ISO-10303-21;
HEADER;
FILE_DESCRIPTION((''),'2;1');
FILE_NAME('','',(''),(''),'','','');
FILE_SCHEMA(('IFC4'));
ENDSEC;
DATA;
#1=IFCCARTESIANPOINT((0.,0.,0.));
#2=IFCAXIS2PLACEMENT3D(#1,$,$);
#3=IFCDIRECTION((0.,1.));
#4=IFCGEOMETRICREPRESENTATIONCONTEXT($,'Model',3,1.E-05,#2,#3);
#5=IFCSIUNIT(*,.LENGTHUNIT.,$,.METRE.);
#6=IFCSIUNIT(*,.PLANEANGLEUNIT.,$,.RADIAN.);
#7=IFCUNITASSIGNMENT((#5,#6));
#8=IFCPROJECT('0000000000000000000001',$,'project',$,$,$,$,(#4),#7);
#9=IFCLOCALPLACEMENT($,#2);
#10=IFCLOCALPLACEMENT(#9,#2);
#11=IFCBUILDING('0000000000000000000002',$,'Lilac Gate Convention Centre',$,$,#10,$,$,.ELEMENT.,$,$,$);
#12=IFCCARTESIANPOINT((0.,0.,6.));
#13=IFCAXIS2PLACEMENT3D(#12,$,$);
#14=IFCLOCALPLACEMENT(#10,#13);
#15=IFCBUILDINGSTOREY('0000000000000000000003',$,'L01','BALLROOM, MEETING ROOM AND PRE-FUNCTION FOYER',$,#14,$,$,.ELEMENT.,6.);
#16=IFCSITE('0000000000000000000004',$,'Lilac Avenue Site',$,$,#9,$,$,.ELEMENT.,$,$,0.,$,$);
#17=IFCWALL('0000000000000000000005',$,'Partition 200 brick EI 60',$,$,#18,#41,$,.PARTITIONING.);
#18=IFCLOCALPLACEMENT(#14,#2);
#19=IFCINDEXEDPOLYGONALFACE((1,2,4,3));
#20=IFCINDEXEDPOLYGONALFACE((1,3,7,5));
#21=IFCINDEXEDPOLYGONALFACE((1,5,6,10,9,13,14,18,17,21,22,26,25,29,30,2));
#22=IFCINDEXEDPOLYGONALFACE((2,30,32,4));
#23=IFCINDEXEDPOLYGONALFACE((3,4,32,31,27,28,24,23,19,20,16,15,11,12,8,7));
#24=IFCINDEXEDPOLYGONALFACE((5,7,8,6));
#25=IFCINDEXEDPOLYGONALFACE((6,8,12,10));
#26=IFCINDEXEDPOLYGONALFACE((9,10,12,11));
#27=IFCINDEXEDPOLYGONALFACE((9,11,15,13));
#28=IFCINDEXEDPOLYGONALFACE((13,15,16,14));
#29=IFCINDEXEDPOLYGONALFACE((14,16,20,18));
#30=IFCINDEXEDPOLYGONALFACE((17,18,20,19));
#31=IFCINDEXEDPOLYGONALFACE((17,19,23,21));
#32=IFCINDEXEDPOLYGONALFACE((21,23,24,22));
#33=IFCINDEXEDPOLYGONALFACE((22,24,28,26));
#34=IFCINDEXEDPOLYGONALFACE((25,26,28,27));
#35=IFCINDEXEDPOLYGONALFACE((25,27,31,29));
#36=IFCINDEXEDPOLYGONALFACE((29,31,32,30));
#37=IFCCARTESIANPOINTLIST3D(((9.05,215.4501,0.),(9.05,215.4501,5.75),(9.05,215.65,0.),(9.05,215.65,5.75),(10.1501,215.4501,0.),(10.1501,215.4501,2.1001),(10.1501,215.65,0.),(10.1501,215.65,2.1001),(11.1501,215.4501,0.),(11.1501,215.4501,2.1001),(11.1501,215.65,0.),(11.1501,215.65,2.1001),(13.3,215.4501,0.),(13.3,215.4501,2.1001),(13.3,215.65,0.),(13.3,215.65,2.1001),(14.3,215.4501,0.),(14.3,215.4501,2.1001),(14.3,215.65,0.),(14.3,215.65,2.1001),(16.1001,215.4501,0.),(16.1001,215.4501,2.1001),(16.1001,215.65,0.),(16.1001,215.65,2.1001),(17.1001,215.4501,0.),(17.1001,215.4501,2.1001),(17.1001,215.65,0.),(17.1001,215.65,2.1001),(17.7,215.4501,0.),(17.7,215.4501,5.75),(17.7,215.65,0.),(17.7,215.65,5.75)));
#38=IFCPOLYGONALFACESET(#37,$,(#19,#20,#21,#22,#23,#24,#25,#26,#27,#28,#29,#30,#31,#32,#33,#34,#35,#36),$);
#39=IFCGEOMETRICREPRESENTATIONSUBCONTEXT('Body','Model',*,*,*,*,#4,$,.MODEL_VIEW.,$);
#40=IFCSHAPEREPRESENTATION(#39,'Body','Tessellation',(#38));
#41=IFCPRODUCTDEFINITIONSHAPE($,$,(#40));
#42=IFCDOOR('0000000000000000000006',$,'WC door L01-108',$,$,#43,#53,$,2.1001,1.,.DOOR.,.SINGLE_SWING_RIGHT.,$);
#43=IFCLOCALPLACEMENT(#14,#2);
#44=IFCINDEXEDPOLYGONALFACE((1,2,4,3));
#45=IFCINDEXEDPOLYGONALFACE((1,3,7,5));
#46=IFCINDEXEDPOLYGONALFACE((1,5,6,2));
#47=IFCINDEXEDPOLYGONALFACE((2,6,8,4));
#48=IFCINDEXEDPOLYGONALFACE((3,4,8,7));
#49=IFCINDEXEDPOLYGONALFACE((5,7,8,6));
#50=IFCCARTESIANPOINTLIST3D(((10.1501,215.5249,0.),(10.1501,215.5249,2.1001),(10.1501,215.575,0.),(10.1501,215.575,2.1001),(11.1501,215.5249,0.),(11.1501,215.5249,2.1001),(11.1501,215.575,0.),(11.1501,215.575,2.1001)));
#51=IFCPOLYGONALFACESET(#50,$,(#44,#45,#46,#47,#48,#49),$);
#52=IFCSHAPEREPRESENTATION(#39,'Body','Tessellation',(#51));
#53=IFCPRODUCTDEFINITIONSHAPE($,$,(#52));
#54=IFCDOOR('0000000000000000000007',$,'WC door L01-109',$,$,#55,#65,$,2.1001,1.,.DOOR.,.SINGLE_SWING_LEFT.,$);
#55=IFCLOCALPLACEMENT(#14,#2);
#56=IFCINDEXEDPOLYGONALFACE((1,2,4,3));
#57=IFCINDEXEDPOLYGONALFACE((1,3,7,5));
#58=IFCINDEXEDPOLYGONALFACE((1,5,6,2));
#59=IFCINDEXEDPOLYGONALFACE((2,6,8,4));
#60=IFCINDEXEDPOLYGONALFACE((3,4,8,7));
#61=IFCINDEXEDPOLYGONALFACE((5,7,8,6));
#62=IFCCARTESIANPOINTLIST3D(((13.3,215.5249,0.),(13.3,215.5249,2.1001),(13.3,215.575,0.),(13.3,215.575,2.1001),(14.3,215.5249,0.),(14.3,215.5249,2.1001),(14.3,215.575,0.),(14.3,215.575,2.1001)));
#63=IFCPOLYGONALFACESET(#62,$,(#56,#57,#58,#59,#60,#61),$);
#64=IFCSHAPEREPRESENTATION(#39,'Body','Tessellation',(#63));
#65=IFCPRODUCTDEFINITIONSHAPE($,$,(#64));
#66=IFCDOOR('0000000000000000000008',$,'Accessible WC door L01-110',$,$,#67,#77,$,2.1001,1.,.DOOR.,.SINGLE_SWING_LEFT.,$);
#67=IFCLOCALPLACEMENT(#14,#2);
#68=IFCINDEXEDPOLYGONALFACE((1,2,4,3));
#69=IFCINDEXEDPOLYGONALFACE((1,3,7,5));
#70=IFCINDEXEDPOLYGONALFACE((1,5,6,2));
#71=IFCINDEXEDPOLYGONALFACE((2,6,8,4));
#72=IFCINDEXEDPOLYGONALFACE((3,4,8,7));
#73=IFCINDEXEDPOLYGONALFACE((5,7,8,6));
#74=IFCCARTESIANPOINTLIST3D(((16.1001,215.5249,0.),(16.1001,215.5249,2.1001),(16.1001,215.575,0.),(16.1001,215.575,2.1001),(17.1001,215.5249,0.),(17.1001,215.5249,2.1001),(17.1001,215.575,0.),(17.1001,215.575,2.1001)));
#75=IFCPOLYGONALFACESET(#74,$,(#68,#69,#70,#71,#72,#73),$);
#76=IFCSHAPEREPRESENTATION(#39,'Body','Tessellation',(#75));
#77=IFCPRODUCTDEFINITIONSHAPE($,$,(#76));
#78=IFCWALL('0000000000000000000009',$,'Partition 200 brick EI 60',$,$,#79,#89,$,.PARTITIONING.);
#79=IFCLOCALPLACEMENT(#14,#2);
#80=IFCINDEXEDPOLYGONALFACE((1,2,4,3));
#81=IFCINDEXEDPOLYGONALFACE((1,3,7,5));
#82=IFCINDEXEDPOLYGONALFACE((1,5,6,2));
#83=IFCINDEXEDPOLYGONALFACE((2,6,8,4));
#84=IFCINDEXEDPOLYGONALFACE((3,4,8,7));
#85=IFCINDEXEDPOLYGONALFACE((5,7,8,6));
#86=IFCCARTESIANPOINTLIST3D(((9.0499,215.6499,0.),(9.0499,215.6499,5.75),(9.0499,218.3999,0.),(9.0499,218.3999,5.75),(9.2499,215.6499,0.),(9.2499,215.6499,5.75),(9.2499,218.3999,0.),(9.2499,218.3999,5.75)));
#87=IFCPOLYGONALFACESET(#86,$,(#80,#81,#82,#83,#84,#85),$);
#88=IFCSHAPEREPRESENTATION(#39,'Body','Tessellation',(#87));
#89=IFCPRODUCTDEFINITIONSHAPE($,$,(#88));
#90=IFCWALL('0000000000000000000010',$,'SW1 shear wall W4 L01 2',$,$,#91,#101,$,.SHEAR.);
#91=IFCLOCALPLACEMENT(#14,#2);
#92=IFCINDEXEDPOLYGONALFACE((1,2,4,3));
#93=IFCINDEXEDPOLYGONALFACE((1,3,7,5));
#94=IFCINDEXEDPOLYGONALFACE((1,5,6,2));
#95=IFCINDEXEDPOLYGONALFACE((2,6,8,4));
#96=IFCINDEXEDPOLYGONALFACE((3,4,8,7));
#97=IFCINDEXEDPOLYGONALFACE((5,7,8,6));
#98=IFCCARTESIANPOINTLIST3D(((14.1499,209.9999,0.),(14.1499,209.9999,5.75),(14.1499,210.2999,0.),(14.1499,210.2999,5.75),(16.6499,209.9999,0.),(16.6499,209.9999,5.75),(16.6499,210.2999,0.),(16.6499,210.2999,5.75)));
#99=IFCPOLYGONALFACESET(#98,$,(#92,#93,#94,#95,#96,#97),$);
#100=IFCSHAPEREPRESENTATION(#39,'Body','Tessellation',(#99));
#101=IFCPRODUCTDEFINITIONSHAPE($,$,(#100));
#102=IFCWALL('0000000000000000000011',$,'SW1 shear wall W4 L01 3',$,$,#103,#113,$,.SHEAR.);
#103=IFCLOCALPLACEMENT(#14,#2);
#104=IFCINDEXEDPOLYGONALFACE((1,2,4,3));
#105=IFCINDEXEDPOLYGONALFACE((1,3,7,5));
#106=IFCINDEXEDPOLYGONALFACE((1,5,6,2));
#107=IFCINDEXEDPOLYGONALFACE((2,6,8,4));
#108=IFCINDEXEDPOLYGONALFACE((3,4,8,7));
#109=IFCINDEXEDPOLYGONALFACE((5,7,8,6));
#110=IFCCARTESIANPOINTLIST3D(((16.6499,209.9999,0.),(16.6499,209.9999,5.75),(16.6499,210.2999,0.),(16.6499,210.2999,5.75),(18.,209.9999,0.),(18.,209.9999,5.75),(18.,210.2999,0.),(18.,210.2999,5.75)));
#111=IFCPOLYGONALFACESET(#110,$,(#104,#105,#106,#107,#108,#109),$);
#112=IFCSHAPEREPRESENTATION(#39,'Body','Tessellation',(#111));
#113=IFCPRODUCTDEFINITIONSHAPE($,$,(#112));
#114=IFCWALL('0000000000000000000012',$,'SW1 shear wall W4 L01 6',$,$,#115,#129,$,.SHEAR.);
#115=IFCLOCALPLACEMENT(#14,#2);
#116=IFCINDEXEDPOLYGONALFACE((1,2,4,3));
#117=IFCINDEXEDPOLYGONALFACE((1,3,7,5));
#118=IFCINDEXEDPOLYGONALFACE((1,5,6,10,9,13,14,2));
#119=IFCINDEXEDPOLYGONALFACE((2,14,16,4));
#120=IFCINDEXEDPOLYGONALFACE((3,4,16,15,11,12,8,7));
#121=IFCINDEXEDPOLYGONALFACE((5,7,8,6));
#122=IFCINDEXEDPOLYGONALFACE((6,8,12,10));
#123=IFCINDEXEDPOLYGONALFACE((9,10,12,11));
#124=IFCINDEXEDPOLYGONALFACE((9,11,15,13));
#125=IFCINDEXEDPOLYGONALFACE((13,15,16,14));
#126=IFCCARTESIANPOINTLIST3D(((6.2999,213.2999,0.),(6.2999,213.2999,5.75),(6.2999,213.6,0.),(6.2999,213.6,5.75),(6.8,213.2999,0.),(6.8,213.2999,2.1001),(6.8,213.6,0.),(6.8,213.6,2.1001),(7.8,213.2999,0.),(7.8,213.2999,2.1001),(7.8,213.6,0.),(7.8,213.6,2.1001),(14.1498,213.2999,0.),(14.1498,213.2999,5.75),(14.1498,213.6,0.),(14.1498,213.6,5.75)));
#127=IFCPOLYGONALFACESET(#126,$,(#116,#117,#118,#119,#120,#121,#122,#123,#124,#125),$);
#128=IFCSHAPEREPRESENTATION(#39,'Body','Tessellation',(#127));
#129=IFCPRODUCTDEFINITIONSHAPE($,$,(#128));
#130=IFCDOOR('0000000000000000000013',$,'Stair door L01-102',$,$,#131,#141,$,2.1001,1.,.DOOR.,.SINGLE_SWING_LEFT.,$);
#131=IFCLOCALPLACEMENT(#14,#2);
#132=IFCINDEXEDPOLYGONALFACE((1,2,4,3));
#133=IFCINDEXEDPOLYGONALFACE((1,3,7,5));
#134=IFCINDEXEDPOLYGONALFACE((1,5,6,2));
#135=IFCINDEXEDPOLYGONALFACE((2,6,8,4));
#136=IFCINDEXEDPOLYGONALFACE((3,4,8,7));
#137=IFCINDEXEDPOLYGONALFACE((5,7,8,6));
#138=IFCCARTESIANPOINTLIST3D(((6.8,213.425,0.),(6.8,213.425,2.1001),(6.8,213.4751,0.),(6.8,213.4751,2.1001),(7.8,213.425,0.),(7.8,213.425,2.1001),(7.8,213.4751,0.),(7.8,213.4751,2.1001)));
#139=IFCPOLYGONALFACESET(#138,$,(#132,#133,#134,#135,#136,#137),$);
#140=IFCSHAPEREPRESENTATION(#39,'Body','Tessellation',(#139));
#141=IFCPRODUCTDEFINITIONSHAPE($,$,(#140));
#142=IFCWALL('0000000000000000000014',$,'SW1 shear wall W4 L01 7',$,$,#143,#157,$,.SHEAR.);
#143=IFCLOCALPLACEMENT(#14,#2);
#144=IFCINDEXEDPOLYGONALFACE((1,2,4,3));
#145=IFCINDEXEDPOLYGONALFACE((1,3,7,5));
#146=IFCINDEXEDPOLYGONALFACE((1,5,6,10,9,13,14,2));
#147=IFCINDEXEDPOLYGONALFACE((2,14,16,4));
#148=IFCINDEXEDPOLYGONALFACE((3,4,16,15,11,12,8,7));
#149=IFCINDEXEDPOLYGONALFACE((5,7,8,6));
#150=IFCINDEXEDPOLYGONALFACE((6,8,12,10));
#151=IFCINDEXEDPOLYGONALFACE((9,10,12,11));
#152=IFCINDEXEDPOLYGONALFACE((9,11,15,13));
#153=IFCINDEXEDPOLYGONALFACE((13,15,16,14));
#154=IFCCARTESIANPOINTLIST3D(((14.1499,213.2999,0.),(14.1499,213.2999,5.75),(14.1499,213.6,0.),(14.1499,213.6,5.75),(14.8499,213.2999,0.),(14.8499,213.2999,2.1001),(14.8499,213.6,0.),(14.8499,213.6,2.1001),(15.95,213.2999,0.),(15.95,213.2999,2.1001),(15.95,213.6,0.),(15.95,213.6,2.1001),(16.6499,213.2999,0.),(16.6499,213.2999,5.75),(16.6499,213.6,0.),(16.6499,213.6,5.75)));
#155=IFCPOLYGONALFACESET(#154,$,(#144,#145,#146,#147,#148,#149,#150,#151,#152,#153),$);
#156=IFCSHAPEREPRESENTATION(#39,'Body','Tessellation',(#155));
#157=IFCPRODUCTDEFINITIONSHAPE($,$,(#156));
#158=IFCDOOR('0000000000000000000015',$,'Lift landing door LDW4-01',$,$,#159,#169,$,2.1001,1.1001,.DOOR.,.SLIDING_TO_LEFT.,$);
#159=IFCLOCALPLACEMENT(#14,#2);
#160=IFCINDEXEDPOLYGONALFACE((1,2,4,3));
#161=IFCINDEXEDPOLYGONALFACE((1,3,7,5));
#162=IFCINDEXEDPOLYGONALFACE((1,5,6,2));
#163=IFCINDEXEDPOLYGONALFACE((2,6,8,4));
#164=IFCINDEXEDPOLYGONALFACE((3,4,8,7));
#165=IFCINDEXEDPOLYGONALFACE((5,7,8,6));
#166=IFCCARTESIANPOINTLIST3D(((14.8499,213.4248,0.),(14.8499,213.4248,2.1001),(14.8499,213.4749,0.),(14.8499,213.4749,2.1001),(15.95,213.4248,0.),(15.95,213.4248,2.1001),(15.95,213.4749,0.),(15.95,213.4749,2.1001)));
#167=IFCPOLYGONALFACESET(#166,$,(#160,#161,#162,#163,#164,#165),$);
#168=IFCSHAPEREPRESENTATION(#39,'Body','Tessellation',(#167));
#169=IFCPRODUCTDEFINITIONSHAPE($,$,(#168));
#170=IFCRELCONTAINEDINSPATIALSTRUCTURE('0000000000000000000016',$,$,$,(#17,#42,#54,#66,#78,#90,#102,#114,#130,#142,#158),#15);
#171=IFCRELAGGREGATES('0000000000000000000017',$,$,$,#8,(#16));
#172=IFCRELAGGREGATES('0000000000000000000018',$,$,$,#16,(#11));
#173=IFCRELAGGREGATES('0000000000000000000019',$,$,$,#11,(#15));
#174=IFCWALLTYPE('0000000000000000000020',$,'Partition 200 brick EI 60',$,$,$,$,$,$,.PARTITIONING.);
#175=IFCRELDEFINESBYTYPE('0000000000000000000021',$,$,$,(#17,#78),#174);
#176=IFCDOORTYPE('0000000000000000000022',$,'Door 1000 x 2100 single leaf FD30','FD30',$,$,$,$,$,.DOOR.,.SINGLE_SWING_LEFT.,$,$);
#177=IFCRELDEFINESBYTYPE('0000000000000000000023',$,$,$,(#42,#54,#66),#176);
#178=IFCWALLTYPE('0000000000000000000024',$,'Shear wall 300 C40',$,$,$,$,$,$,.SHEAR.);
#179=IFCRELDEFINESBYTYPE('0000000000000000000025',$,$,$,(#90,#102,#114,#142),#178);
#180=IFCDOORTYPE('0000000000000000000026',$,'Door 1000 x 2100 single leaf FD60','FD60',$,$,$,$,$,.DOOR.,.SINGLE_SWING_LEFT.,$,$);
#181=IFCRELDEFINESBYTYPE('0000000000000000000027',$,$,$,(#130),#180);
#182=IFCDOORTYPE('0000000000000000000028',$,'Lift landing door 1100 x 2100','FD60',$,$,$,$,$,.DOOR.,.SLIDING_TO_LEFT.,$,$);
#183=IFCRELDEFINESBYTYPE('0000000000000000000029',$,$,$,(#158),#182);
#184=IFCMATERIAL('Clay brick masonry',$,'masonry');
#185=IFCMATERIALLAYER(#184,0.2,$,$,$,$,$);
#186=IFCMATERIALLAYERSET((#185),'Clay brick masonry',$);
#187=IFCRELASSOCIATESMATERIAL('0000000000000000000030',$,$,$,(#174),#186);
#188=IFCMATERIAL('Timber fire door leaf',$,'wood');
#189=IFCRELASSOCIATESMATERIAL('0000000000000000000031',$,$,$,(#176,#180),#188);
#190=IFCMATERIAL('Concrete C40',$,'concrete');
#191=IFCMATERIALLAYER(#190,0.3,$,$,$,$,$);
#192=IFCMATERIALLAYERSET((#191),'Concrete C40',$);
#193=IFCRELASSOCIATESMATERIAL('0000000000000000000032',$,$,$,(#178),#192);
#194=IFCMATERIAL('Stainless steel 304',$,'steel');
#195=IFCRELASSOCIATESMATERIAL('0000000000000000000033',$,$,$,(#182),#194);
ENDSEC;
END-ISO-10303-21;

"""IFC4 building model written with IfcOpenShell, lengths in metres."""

from ifc_helpers import new_model, si_unit, direction, frame, frame_2d, origin, place, context, subcontext, project, spatial, rectangle, extrude, material, layer, layer_set, type_object, element, fill, save


model = new_model("IFC4")

# Units and contexts
model_context = context("Model", 3, precision=1e-05, world=origin(), true_north=direction((0.0, 1.0)))
body_context = subcontext(model_context, "Body", "Model", "MODEL_VIEW")
ifc_project = project(units=[si_unit("LENGTHUNIT", "METRE"), si_unit("PLANEANGLEUNIT", "RADIAN")], contexts=[model_context])

# Site, building, storey
site_placement = place(None, origin())
site = spatial("IfcSite", under=ifc_project, at=site_placement, Name="Lilac Avenue Site", CompositionType="ELEMENT", RefElevation=0.0)
building_placement = place(site_placement, origin())
building = spatial("IfcBuilding", under=site, at=building_placement, Name="Lilac Gate Convention Centre", CompositionType="ELEMENT")
storey_placement = place(building_placement, frame((0.0, 0.0, 6.0)))
storey = spatial("IfcBuildingStorey", under=building, at=storey_placement, Name="L01", Description="BALLROOM, MEETING ROOM AND PRE-FUNCTION FOYER", CompositionType="ELEMENT", Elevation=6.0)

# Wall, openings, doors
ifc_material_1 = material(Name="Clay brick masonry", Category="masonry")
ifc_layer_1 = layer(ifc_material_1, 0.2)
ifc_layer_set_1 = layer_set([ifc_layer_1], Name="Clay brick masonry")
wall_type_1 = type_object("IfcWallType", Name="Partition 200 brick EI 60", PredefinedType="PARTITIONING", material=ifc_layer_set_1)
wall_1_placement = place(storey_placement, frame((9.05, 215.55, 0.0), z_axis=(0.0, 0.0, 1.0), x_axis=(1.0, 0.0, 0.0)))
wall_1 = element("IfcWall", 1, at=wall_1_placement, inside=storey, type_object=wall_type_1, Name="Partition 200 brick EI 60", PredefinedType="PARTITIONING", context=body_context, shape_type="SweptSolid", body=[
    extrude(rectangle(XDim=8.6499, YDim=0.2, at=frame_2d((4.325, 0.0))), origin(), (0.0, 0.0, 1.0), 5.75),
])
opening_1_placement = place(wall_1_placement, frame((1.1001, 0.0, 0.0)))
opening_1 = element("IfcOpeningElement", 2, at=opening_1_placement, cuts=wall_1, PredefinedType="OPENING", context=body_context, shape_type="SweptSolid", body=[
    extrude(rectangle(XDim=1.0, YDim=2.1001, at=frame_2d((0.5, 1.05))), frame((0.0, 0.1099, 0.0), z_axis=(0.0, -1.0, 0.0), x_axis=(1.0, 0.0, 0.0)), (0.0, 0.0, 1.0), 0.22),
])
opening_2_placement = place(wall_1_placement, frame((4.25, 0.0, 0.0)))
opening_2 = element("IfcOpeningElement", 3, at=opening_2_placement, cuts=wall_1, PredefinedType="OPENING", context=body_context, shape_type="SweptSolid", body=[
    extrude(rectangle(XDim=1.0, YDim=2.1001, at=frame_2d((0.5, 1.05))), frame((0.0, 0.1099, 0.0), z_axis=(0.0, -1.0, 0.0), x_axis=(1.0, 0.0, 0.0)), (0.0, 0.0, 1.0), 0.22),
])
opening_3_placement = place(wall_1_placement, frame((7.05, 0.0, 0.0)))
opening_3 = element("IfcOpeningElement", 4, at=opening_3_placement, cuts=wall_1, PredefinedType="OPENING", context=body_context, shape_type="SweptSolid", body=[
    extrude(rectangle(XDim=1.0, YDim=2.1001, at=frame_2d((0.5, 1.05))), frame((0.0, 0.1099, 0.0), z_axis=(0.0, -1.0, 0.0), x_axis=(1.0, 0.0, 0.0)), (0.0, 0.0, 1.0), 0.22),
])
ifc_material_2 = material(Name="Timber fire door leaf", Category="wood")
door_type_1 = type_object("IfcDoorType", Name="Door 1000 x 2100 single leaf FD30", Description="FD30", OperationType="SINGLE_SWING_LEFT", PredefinedType="DOOR", material=ifc_material_2)
door_1_placement = place(opening_1_placement, origin())
door_1 = element("IfcDoor", 5, at=door_1_placement, inside=storey, type_object=door_type_1, Name="WC door L01-108", OperationType="SINGLE_SWING_RIGHT", OverallHeight=2.1001, OverallWidth=1.0, PredefinedType="DOOR", context=body_context, shape_type="SweptSolid", body=[
    extrude(rectangle(XDim=1.0, YDim=2.1001, at=frame_2d((0.5, 1.05))), frame((0.0, 0.0249, 0.0), z_axis=(0.0, -1.0, 0.0), x_axis=(1.0, 0.0, 0.0)), (0.0, 0.0, 1.0), 0.05),
])
fill(opening_1, door_1)
door_2_placement = place(opening_2_placement, origin())
door_2 = element("IfcDoor", 6, at=door_2_placement, inside=storey, type_object=door_type_1, Name="WC door L01-109", OperationType="SINGLE_SWING_LEFT", OverallHeight=2.1001, OverallWidth=1.0, PredefinedType="DOOR", context=body_context, shape_type="SweptSolid", body=[
    extrude(rectangle(XDim=1.0, YDim=2.1001, at=frame_2d((0.5, 1.05))), frame((0.0, 0.0249, 0.0), z_axis=(0.0, -1.0, 0.0), x_axis=(1.0, 0.0, 0.0)), (0.0, 0.0, 1.0), 0.05),
])
fill(opening_2, door_2)
door_3_placement = place(opening_3_placement, origin())
door_3 = element("IfcDoor", 7, at=door_3_placement, inside=storey, type_object=door_type_1, Name="Accessible WC door L01-110", OperationType="SINGLE_SWING_LEFT", OverallHeight=2.1001, OverallWidth=1.0, PredefinedType="DOOR", context=body_context, shape_type="SweptSolid", body=[
    extrude(rectangle(XDim=1.0, YDim=2.1001, at=frame_2d((0.5, 1.05))), frame((0.0, 0.0249, 0.0), z_axis=(0.0, -1.0, 0.0), x_axis=(1.0, 0.0, 0.0)), (0.0, 0.0, 1.0), 0.05),
])
fill(opening_3, door_3)

# Walls
wall_2_placement = place(storey_placement, frame((9.1499, 215.6499, 0.0), z_axis=(0.0, 0.0, 1.0), x_axis=(0.0, 1.0, 0.0)))
element("IfcWall", 8, at=wall_2_placement, inside=storey, type_object=wall_type_1, Name="Partition 200 brick EI 60", PredefinedType="PARTITIONING", context=body_context, shape_type="SweptSolid", body=[
    extrude(rectangle(XDim=2.75, YDim=0.2, at=frame_2d((1.375, 0.0))), origin(), (0.0, 0.0, 1.0), 5.75),
])
ifc_material_3 = material(Name="Concrete C40", Category="concrete")
ifc_layer_2 = layer(ifc_material_3, 0.3)
ifc_layer_set_2 = layer_set([ifc_layer_2], Name="Concrete C40")
wall_type_2 = type_object("IfcWallType", Name="Shear wall 300 C40", PredefinedType="SHEAR", material=ifc_layer_set_2)
wall_3_placement = place(storey_placement, frame((14.1499, 210.1499, 0.0), z_axis=(0.0, 0.0, 1.0), x_axis=(1.0, 0.0, 0.0)))
element("IfcWall", 9, at=wall_3_placement, inside=storey, type_object=wall_type_2, Name="SW1 shear wall W4 L01 2", PredefinedType="SHEAR", context=body_context, shape_type="SweptSolid", body=[
    extrude(rectangle(XDim=2.5, YDim=0.3, at=frame_2d((1.25, 0.0))), origin(), (0.0, 0.0, 1.0), 5.75),
])
wall_4_placement = place(storey_placement, frame((16.6499, 210.1499, 0.0), z_axis=(0.0, 0.0, 1.0), x_axis=(1.0, 0.0, 0.0)))
element("IfcWall", 10, at=wall_4_placement, inside=storey, type_object=wall_type_2, Name="SW1 shear wall W4 L01 3", PredefinedType="SHEAR", context=body_context, shape_type="SweptSolid", body=[
    extrude(rectangle(XDim=1.3501, YDim=0.3, at=frame_2d((0.675, 0.0))), origin(), (0.0, 0.0, 1.0), 5.75),
])

# Walls, openings, doors
wall_5_placement = place(storey_placement, frame((6.3, 213.45, 0.0), z_axis=(0.0, 0.0, 1.0), x_axis=(1.0, 0.0, 0.0)))
wall_5 = element("IfcWall", 11, at=wall_5_placement, inside=storey, type_object=wall_type_2, Name="SW1 shear wall W4 L01 6", PredefinedType="SHEAR", context=body_context, shape_type="SweptSolid", body=[
    extrude(rectangle(XDim=7.8499, YDim=0.3, at=frame_2d((3.9248, 0.0))), origin(), (0.0, 0.0, 1.0), 5.75),
])
opening_4_placement = place(wall_5_placement, frame((0.5, 0.0, 0.0)))
opening_4 = element("IfcOpeningElement", 12, at=opening_4_placement, cuts=wall_5, PredefinedType="OPENING", context=body_context, shape_type="SweptSolid", body=[
    extrude(rectangle(XDim=1.0, YDim=2.1001, at=frame_2d((0.5, 1.05))), frame((0.0, 0.1599, 0.0), z_axis=(0.0, -1.0, 0.0), x_axis=(1.0, 0.0, 0.0)), (0.0, 0.0, 1.0), 0.3201),
])
door_type_2 = type_object("IfcDoorType", Name="Door 1000 x 2100 single leaf FD60", Description="FD60", OperationType="SINGLE_SWING_LEFT", PredefinedType="DOOR", material=ifc_material_2)
door_4_placement = place(opening_4_placement, frame((1.0, 0.0, 0.0), z_axis=(0.0, 0.0, 1.0), x_axis=(-1.0, 0.0, 0.0)))
door_4 = element("IfcDoor", 13, at=door_4_placement, inside=storey, type_object=door_type_2, Name="Stair door L01-102", OperationType="SINGLE_SWING_LEFT", OverallHeight=2.1001, OverallWidth=1.0, PredefinedType="DOOR", context=body_context, shape_type="SweptSolid", body=[
    extrude(rectangle(XDim=1.0, YDim=2.1001, at=frame_2d((0.5, 1.05))), frame((0.0, 0.0249, 0.0), z_axis=(0.0, -1.0, 0.0), x_axis=(1.0, 0.0, 0.0)), (0.0, 0.0, 1.0), 0.05),
])
fill(opening_4, door_4)
wall_6_placement = place(storey_placement, frame((14.1499, 213.45, 0.0), z_axis=(0.0, 0.0, 1.0), x_axis=(1.0, 0.0, 0.0)))
wall_6 = element("IfcWall", 14, at=wall_6_placement, inside=storey, type_object=wall_type_2, Name="SW1 shear wall W4 L01 7", PredefinedType="SHEAR", context=body_context, shape_type="SweptSolid", body=[
    extrude(rectangle(XDim=2.5, YDim=0.3, at=frame_2d((1.25, 0.0))), origin(), (0.0, 0.0, 1.0), 5.75),
])
opening_5_placement = place(wall_6_placement, frame((0.7, 0.0, 0.0)))
opening_5 = element("IfcOpeningElement", 15, at=opening_5_placement, cuts=wall_6, PredefinedType="OPENING", context=body_context, shape_type="SweptSolid", body=[
    extrude(rectangle(XDim=1.1001, YDim=2.1001, at=frame_2d((0.55, 1.05))), frame((0.0, 0.1599, 0.0), z_axis=(0.0, -1.0, 0.0), x_axis=(1.0, 0.0, 0.0)), (0.0, 0.0, 1.0), 0.3201),
])
ifc_material_4 = material(Name="Stainless steel 304", Category="steel")
door_type_3 = type_object("IfcDoorType", Name="Lift landing door 1100 x 2100", Description="FD60", OperationType="SLIDING_TO_LEFT", PredefinedType="DOOR", material=ifc_material_4)
door_5_placement = place(opening_5_placement, origin())
door_5 = element("IfcDoor", 16, at=door_5_placement, inside=storey, type_object=door_type_3, Name="Lift landing door LDW4-01", OperationType="SLIDING_TO_LEFT", OverallHeight=2.1001, OverallWidth=1.1001, PredefinedType="DOOR", context=body_context, shape_type="SweptSolid", body=[
    extrude(rectangle(XDim=1.1001, YDim=2.1001, at=frame_2d((0.55, 1.05))), frame((0.0, 0.0249, 0.0), z_axis=(0.0, -1.0, 0.0), x_axis=(1.0, 0.0, 0.0)), (0.0, 0.0, 1.0), 0.05),
])
fill(opening_5, door_5)

save(model, "model.ifc")
